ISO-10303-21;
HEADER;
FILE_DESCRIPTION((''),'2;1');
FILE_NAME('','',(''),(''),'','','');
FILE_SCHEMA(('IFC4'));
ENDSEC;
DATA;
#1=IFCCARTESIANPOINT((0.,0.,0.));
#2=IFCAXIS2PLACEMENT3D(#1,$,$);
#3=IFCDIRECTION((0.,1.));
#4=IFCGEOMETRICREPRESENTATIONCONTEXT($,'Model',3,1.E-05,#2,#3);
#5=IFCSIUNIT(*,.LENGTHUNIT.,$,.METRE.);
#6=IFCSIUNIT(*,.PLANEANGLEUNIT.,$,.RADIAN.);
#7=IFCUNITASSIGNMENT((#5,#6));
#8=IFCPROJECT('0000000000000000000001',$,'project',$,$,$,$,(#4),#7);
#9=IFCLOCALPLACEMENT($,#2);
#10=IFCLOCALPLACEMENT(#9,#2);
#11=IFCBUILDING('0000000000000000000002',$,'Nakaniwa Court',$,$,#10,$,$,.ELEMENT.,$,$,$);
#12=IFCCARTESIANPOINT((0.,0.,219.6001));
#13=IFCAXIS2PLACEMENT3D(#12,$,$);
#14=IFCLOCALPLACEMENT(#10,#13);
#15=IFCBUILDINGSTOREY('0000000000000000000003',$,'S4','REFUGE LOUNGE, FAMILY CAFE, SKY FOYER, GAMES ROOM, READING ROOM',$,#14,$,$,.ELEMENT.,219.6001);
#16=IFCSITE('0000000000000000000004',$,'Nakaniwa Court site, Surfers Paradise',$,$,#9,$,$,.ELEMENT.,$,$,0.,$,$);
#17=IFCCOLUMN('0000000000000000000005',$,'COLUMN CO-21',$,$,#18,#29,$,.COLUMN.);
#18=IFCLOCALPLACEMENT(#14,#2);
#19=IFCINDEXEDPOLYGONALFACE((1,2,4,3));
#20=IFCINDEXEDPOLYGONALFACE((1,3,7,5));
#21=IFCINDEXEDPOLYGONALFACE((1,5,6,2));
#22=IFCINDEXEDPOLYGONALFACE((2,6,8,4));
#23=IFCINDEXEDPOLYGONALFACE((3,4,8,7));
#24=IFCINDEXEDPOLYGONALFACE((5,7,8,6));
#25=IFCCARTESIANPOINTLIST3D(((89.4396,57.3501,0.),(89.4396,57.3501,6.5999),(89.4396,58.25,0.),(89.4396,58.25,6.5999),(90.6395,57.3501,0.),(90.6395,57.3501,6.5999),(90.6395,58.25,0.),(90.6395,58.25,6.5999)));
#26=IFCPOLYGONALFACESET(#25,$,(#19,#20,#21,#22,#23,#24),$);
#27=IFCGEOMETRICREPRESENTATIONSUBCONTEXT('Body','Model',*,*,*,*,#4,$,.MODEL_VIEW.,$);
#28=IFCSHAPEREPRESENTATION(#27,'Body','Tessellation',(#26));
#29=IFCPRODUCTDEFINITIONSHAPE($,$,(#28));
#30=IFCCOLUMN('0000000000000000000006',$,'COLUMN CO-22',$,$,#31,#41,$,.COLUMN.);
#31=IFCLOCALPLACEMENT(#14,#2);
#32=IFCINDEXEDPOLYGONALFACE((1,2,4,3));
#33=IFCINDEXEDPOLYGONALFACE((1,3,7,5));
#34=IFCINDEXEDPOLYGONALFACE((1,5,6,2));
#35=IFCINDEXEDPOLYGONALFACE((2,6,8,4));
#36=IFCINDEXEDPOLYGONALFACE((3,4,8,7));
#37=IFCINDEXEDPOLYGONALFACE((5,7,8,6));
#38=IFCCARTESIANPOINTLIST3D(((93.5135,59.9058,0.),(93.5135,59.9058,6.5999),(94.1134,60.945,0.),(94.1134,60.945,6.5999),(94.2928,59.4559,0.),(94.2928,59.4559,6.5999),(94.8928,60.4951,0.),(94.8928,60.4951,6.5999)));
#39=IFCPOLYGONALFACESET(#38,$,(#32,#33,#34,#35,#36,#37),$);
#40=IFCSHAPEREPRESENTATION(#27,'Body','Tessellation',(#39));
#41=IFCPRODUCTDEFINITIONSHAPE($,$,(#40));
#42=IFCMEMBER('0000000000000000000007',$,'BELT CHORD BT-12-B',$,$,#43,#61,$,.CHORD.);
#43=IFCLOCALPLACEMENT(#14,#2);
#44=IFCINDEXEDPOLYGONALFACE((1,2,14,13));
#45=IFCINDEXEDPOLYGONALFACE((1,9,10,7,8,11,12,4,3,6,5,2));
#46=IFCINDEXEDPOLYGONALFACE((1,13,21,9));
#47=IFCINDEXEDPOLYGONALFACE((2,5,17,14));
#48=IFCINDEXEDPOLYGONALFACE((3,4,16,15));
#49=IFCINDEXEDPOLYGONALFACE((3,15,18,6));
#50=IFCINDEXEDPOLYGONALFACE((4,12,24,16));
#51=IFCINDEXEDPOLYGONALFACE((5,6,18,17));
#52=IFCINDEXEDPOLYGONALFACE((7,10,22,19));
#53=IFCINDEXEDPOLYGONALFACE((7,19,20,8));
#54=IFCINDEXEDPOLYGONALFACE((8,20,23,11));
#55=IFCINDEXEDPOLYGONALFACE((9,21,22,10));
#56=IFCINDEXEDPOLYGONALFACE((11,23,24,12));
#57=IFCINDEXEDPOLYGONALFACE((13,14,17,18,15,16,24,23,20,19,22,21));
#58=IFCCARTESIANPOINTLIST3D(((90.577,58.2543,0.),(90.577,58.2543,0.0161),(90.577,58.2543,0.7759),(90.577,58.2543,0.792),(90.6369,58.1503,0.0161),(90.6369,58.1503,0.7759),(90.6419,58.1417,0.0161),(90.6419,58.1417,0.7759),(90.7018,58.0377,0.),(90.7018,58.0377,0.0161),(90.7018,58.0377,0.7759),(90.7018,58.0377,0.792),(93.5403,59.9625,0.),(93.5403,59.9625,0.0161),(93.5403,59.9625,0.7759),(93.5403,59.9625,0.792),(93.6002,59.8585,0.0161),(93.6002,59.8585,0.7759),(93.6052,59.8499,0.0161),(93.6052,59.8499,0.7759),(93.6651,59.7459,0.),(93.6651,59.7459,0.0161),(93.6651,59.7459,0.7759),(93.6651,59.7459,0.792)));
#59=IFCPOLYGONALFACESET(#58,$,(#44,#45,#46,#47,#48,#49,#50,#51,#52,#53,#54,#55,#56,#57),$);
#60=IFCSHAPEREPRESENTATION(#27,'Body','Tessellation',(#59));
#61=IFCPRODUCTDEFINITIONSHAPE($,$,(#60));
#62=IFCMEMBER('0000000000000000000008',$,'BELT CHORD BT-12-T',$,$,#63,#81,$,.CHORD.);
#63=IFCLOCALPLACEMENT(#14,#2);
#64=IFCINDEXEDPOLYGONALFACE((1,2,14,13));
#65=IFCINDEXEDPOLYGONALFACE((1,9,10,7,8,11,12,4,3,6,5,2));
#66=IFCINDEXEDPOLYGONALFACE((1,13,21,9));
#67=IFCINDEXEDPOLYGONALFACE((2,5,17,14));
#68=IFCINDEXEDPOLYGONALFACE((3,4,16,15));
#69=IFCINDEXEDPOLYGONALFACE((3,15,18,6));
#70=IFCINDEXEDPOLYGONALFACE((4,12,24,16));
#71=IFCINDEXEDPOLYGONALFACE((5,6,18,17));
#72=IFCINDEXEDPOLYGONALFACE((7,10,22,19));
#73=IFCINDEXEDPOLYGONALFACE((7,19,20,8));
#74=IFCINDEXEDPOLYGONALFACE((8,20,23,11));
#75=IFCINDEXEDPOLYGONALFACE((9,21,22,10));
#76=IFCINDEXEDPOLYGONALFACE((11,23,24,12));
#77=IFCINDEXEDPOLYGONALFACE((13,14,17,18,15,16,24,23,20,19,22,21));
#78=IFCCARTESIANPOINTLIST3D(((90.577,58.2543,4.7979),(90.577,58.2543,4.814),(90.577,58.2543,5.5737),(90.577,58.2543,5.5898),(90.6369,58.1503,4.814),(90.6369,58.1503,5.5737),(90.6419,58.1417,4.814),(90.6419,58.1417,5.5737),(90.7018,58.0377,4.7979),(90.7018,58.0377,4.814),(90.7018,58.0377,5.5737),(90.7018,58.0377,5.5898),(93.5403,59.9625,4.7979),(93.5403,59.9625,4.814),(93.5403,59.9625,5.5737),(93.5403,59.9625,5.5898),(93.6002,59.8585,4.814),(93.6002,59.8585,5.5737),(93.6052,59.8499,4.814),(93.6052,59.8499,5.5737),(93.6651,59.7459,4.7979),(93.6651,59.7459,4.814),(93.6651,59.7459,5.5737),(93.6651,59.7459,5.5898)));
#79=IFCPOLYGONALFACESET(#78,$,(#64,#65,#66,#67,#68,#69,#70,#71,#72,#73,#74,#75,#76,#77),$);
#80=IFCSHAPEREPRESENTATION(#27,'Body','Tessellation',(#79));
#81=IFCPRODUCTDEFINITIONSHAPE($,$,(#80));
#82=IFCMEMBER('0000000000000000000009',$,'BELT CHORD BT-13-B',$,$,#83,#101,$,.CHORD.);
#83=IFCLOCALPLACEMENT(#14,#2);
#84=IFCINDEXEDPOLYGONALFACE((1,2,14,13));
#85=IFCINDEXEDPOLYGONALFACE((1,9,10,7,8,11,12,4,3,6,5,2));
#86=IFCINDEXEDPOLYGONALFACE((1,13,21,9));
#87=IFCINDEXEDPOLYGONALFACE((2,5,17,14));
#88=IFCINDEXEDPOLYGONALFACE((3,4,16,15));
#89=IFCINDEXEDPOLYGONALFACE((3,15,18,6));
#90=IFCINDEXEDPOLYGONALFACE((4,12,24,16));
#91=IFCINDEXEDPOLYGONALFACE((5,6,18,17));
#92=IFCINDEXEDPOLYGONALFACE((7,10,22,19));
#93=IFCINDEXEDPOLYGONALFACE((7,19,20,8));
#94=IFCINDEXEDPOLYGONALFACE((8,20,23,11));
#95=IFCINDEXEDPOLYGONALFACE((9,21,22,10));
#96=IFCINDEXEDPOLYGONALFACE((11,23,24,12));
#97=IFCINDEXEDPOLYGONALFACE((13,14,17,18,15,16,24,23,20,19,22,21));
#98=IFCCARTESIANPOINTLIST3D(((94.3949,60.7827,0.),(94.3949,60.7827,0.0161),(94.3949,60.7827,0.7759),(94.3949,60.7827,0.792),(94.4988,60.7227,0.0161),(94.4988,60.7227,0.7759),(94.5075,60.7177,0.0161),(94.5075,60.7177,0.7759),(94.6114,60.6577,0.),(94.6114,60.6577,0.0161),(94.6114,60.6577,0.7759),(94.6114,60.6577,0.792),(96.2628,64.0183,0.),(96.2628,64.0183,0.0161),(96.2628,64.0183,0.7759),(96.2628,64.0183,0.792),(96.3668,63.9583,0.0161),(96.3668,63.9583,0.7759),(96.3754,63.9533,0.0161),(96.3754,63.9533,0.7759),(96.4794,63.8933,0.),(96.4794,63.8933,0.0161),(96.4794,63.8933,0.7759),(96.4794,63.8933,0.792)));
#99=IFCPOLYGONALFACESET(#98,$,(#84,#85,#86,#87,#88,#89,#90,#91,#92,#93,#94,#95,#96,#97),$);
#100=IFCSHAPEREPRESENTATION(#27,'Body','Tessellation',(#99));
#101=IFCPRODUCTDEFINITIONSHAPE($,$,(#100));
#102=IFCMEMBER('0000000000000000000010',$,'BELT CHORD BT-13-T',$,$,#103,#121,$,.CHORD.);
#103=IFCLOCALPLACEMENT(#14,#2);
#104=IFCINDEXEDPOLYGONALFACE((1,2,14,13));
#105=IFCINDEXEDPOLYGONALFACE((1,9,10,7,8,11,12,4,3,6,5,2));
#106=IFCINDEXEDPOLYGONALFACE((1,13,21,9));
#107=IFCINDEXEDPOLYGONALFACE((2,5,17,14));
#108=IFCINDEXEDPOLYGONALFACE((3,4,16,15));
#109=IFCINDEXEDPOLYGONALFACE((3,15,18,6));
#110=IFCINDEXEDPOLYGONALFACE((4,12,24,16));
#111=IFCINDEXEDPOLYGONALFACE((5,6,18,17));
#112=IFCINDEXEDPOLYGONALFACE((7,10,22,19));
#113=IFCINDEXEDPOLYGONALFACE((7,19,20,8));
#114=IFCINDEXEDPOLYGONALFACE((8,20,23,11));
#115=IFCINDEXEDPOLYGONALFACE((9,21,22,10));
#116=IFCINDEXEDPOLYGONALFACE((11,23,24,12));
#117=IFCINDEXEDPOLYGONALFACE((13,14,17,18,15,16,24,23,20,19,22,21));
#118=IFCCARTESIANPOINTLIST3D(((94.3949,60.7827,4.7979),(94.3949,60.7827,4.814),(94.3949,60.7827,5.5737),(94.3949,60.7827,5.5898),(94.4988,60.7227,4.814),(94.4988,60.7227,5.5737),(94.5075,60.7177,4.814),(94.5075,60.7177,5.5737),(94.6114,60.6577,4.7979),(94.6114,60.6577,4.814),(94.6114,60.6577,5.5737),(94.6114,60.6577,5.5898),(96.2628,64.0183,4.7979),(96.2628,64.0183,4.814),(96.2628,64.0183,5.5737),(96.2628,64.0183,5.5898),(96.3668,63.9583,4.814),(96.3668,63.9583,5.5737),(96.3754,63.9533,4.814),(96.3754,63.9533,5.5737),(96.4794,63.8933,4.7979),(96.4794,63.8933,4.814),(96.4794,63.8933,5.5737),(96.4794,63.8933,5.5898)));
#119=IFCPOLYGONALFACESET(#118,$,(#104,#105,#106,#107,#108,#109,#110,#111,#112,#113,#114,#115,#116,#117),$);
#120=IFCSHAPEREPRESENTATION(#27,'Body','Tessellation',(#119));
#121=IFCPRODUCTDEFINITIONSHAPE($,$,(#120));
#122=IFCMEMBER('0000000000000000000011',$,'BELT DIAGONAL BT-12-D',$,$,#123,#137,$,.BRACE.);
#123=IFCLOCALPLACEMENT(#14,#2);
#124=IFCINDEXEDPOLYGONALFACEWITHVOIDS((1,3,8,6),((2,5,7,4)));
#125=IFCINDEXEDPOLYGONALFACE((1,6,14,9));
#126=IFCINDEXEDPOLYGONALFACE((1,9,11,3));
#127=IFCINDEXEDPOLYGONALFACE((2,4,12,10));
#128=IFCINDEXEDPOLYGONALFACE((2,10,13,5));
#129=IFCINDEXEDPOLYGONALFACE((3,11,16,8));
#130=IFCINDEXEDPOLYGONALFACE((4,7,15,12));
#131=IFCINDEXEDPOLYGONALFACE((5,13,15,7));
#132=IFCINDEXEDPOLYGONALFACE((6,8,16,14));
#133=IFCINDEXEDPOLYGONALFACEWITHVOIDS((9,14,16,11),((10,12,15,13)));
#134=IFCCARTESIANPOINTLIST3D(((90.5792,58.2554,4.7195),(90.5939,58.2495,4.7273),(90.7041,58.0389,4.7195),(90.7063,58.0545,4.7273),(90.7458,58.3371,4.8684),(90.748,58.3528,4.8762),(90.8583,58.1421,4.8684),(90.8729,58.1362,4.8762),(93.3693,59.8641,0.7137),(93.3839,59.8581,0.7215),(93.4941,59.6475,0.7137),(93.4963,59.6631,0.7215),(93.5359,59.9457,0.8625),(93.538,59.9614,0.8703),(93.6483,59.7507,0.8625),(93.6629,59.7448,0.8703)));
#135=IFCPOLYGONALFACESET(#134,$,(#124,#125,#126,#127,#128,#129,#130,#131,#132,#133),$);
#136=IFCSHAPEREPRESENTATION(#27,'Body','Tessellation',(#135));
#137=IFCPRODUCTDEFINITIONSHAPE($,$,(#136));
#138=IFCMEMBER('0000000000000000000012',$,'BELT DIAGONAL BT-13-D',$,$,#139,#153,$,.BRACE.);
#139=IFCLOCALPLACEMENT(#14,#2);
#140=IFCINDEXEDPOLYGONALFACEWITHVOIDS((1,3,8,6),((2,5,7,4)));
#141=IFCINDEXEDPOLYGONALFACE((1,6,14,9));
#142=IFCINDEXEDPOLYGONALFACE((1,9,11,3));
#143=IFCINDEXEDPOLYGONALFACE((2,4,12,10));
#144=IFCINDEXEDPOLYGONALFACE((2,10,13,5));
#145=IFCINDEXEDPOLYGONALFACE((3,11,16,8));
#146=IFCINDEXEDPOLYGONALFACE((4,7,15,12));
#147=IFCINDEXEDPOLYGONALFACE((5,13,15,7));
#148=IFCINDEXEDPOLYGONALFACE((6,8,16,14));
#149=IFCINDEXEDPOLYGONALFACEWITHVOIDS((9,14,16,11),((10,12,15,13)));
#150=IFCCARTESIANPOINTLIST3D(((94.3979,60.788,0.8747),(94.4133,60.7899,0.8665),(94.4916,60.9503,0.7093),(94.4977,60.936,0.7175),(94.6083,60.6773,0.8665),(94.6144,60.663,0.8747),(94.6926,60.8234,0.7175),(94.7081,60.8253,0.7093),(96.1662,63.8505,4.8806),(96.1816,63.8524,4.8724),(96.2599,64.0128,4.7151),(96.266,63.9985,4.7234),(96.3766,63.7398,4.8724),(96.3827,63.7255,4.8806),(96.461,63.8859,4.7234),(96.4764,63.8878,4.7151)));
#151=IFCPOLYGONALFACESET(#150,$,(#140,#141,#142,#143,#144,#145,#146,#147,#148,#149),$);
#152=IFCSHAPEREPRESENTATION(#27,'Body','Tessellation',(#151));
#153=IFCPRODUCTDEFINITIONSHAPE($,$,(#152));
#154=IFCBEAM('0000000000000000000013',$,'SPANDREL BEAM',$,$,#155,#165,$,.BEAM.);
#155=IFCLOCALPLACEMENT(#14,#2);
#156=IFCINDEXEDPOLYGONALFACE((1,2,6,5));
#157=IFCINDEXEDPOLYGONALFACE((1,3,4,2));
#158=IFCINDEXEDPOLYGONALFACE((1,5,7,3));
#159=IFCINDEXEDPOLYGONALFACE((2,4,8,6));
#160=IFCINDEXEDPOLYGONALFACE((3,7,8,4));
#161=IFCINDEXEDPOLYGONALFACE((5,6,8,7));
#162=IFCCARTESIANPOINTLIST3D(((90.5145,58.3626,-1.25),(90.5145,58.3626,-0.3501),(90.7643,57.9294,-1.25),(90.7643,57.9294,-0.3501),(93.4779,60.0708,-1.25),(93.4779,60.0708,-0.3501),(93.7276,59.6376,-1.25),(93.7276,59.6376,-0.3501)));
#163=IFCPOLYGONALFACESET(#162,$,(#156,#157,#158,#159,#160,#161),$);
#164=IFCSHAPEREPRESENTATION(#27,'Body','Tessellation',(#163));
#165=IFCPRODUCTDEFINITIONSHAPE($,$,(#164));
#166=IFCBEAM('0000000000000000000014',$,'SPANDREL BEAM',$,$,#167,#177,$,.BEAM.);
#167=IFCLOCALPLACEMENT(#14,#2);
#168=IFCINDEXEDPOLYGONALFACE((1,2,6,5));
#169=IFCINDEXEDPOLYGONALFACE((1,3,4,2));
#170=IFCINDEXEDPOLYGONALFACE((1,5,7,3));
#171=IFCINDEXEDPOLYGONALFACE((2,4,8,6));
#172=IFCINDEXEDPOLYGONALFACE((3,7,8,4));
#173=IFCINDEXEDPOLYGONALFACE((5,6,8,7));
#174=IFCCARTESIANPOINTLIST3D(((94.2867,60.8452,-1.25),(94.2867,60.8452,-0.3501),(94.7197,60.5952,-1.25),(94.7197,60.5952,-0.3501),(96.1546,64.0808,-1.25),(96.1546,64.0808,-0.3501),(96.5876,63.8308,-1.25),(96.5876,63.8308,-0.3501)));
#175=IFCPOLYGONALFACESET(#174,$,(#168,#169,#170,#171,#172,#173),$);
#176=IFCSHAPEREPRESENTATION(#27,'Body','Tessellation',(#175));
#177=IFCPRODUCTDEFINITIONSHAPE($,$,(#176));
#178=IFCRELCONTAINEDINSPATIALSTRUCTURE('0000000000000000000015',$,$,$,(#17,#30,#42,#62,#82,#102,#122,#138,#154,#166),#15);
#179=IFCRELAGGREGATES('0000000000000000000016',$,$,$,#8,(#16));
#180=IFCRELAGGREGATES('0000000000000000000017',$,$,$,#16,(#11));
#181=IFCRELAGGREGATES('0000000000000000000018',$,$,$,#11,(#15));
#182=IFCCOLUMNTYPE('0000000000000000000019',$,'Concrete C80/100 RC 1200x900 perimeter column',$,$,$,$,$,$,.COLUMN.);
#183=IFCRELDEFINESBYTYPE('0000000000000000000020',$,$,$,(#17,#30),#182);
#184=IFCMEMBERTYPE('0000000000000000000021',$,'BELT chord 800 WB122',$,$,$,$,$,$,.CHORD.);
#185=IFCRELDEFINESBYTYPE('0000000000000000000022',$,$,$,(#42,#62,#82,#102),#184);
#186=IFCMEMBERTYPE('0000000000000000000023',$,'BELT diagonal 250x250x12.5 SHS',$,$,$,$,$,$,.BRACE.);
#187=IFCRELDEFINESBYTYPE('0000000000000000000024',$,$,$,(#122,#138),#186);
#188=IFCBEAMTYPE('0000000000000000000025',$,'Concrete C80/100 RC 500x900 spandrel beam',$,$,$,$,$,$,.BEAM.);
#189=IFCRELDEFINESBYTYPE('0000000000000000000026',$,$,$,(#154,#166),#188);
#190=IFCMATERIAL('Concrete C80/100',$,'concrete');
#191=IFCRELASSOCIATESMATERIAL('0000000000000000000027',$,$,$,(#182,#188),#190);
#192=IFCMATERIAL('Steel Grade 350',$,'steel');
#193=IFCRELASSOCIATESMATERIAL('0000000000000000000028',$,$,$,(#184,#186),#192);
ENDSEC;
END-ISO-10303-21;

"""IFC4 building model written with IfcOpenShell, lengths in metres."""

from ifc_helpers import new_model, si_unit, direction, frame, origin, origin_2d, place, context, subcontext, project, spatial, rectangle, hollow_rectangle, i_section, extrude, material, material_profile, profile_set, type_object, element, save


model = new_model("IFC4")

# Units and contexts
model_context = context("Model", 3, precision=1e-05, world=origin(), true_north=direction((0.0, 1.0)))
body_context = subcontext(model_context, "Body", "Model", "MODEL_VIEW")
ifc_project = project(units=[si_unit("LENGTHUNIT", "METRE"), si_unit("PLANEANGLEUNIT", "RADIAN")], contexts=[model_context])

# Site, building, storey
site_placement = place(None, origin())
site = spatial("IfcSite", under=ifc_project, at=site_placement, Name="Nakaniwa Court site, Surfers Paradise", CompositionType="ELEMENT", RefElevation=0.0)
building_placement = place(site_placement, origin())
building = spatial("IfcBuilding", under=site, at=building_placement, Name="Nakaniwa Court", CompositionType="ELEMENT")
storey_placement = place(building_placement, frame((0.0, 0.0, 219.6001)))
storey = spatial("IfcBuildingStorey", under=building, at=storey_placement, Name="S4", Description="REFUGE LOUNGE, FAMILY CAFE, SKY FOYER, GAMES ROOM, READING ROOM", CompositionType="ELEMENT", Elevation=219.6001)

# Columns
ifc_material_1 = material(Name="Concrete C80/100", Category="concrete")
ifc_material_profile_1 = material_profile(ifc_material_1, rectangle(XDim=1.2, YDim=0.8999, at=origin_2d()), Name="Concrete C80/100 RC 1200x900 perimeter column")
ifc_profile_set_1 = profile_set([ifc_material_profile_1], Name="Concrete C80/100")
column_type = type_object("IfcColumnType", Name="Concrete C80/100 RC 1200x900 perimeter column", PredefinedType="COLUMN", material=ifc_profile_set_1)
for number, where, z_axis, x_axis, name in (
    (1, (90.0396, 57.8, 0.0), (0.0, 0.0, 1.0), (1.0, 0.0, 0.0), "COLUMN CO-21"),
    (2, (94.2031, 60.2004, 0.0), (0.0, 0.0, 1.0), (0.5, 0.866025, 0.0), "COLUMN CO-22"),
):
    element("IfcColumn", number, at=place(storey_placement, frame(where, z_axis=z_axis, x_axis=x_axis)), inside=storey, type_object=column_type, Name=name, PredefinedType="COLUMN", context=body_context, shape_type="SweptSolid", body=[
        extrude(rectangle(XDim=1.2, YDim=0.8999, at=origin_2d()), origin(), (0.0, 0.0, 1.0), 6.5999),
    ])

# Members
ifc_material_2 = material(Name="Steel Grade 350", Category="steel")
ifc_material_profile_2 = material_profile(ifc_material_2, i_section(OverallWidth=0.25, OverallDepth=0.792, WebThickness=0.01, FlangeThickness=0.0161, at=origin_2d()), Name="800WB122")
ifc_profile_set_2 = profile_set([ifc_material_profile_2], Name="Steel Grade 350")
member_type_1 = type_object("IfcMemberType", Name="BELT chord 800 WB122", PredefinedType="CHORD", material=ifc_profile_set_2)
for number, where, z_axis, x_axis, name in (
    (3, (90.6394, 58.146, 0.396), (0.866361, 0.499418, 0.0), (-0.499418, 0.866361, 0.0), "BELT CHORD BT-12-B"),
    (4, (90.6394, 58.146, 5.1938), (0.866361, 0.499418, 0.0), (-0.499418, 0.866361, 0.0), "BELT CHORD BT-12-T"),
):
    element("IfcMember", number, at=place(storey_placement, frame(where, z_axis=z_axis, x_axis=x_axis)), inside=storey, type_object=member_type_1, Name=name, PredefinedType="CHORD", context=body_context, shape_type="SweptSolid", body=[
        extrude(i_section(OverallWidth=0.25, OverallDepth=0.792, WebThickness=0.01, FlangeThickness=0.0161, at=origin_2d()), origin(), (0.0, 0.0, 1.0), 3.4204),
    ])
for number, where, z_axis, x_axis, name in (
    (5, (94.5032, 60.7202, 0.396), (0.499969, 0.866043, 0.0), (-0.866043, 0.499969, 0.0), "BELT CHORD BT-13-B"),
    (6, (94.5032, 60.7202, 5.1938), (0.499969, 0.866043, 0.0), (-0.866043, 0.499969, 0.0), "BELT CHORD BT-13-T"),
):
    element("IfcMember", number, at=place(storey_placement, frame(where, z_axis=z_axis, x_axis=x_axis)), inside=storey, type_object=member_type_1, Name=name, PredefinedType="CHORD", context=body_context, shape_type="SweptSolid", body=[
        extrude(i_section(OverallWidth=0.25, OverallDepth=0.792, WebThickness=0.01, FlangeThickness=0.0161, at=origin_2d()), origin(), (0.0, 0.0, 1.0), 3.7361),
    ])
ifc_material_profile_3 = material_profile(ifc_material_2, hollow_rectangle(XDim=0.25, YDim=0.25, WallThickness=0.0125, at=origin_2d()), Name="BELT diagonal 250x250x12.5 SHS")
ifc_profile_set_3 = profile_set([ifc_material_profile_3], Name="Steel Grade 350")
member_type_2 = type_object("IfcMemberType", Name="BELT diagonal 250x250x12.5 SHS", PredefinedType="BRACE", material=ifc_profile_set_3)
member_1_placement = place(storey_placement, frame((90.7261, 58.1958, 4.7979), z_axis=(0.542816, 0.312969, -0.77936), x_axis=(-0.499491, 0.866319, 0.0)))
element("IfcMember", 7, at=member_1_placement, inside=storey, type_object=member_type_2, Name="BELT DIAGONAL BT-12-D", PredefinedType="BRACE", context=body_context, shape_type="SweptSolid", body=[
    extrude(hollow_rectangle(XDim=0.25, YDim=0.25, WallThickness=0.0125, at=origin_2d()), origin(), (0.0, 0.0, 1.0), 5.1399),
])
member_2_placement = place(storey_placement, frame((94.553, 60.8066, 0.792), z_axis=(0.330929, 0.573129, 0.749673), x_axis=(-0.866004, 0.500037, 0.0)))
element("IfcMember", 8, at=member_2_placement, inside=storey, type_object=member_type_2, Name="BELT DIAGONAL BT-13-D", PredefinedType="BRACE", context=body_context, shape_type="SweptSolid", body=[
    extrude(hollow_rectangle(XDim=0.25, YDim=0.25, WallThickness=0.0125, at=origin_2d()), origin(), (0.0, 0.0, 1.0), 5.3435),
])

# Beams
ifc_material_profile_4 = material_profile(ifc_material_1, rectangle(XDim=0.5, YDim=0.8999, at=origin_2d()), Name="Concrete C80/100 RC 500x900 spandrel beam")
ifc_profile_set_4 = profile_set([ifc_material_profile_4], Name="Concrete C80/100")
beam_type = type_object("IfcBeamType", Name="Concrete C80/100 RC 500x900 spandrel beam", PredefinedType="BEAM", material=ifc_profile_set_4)
beam_1_placement = place(storey_placement, frame((90.6394, 58.146, -0.8), z_axis=(0.866361, 0.499418, 0.0), x_axis=(-0.499418, 0.866361, 0.0)))
element("IfcBeam", 9, at=beam_1_placement, inside=storey, type_object=beam_type, Name="SPANDREL BEAM", PredefinedType="BEAM", context=body_context, shape_type="SweptSolid", body=[
    extrude(rectangle(XDim=0.5, YDim=0.8999, at=origin_2d()), origin(), (0.0, 0.0, 1.0), 3.4204),
])
beam_2_placement = place(storey_placement, frame((94.5032, 60.7202, -0.8), z_axis=(0.499969, 0.866043, 0.0), x_axis=(-0.866043, 0.499969, 0.0)))
element("IfcBeam", 10, at=beam_2_placement, inside=storey, type_object=beam_type, Name="SPANDREL BEAM", PredefinedType="BEAM", context=body_context, shape_type="SweptSolid", body=[
    extrude(rectangle(XDim=0.5, YDim=0.8999, at=origin_2d()), origin(), (0.0, 0.0, 1.0), 3.7361),
])

save(model, "model.ifc")
